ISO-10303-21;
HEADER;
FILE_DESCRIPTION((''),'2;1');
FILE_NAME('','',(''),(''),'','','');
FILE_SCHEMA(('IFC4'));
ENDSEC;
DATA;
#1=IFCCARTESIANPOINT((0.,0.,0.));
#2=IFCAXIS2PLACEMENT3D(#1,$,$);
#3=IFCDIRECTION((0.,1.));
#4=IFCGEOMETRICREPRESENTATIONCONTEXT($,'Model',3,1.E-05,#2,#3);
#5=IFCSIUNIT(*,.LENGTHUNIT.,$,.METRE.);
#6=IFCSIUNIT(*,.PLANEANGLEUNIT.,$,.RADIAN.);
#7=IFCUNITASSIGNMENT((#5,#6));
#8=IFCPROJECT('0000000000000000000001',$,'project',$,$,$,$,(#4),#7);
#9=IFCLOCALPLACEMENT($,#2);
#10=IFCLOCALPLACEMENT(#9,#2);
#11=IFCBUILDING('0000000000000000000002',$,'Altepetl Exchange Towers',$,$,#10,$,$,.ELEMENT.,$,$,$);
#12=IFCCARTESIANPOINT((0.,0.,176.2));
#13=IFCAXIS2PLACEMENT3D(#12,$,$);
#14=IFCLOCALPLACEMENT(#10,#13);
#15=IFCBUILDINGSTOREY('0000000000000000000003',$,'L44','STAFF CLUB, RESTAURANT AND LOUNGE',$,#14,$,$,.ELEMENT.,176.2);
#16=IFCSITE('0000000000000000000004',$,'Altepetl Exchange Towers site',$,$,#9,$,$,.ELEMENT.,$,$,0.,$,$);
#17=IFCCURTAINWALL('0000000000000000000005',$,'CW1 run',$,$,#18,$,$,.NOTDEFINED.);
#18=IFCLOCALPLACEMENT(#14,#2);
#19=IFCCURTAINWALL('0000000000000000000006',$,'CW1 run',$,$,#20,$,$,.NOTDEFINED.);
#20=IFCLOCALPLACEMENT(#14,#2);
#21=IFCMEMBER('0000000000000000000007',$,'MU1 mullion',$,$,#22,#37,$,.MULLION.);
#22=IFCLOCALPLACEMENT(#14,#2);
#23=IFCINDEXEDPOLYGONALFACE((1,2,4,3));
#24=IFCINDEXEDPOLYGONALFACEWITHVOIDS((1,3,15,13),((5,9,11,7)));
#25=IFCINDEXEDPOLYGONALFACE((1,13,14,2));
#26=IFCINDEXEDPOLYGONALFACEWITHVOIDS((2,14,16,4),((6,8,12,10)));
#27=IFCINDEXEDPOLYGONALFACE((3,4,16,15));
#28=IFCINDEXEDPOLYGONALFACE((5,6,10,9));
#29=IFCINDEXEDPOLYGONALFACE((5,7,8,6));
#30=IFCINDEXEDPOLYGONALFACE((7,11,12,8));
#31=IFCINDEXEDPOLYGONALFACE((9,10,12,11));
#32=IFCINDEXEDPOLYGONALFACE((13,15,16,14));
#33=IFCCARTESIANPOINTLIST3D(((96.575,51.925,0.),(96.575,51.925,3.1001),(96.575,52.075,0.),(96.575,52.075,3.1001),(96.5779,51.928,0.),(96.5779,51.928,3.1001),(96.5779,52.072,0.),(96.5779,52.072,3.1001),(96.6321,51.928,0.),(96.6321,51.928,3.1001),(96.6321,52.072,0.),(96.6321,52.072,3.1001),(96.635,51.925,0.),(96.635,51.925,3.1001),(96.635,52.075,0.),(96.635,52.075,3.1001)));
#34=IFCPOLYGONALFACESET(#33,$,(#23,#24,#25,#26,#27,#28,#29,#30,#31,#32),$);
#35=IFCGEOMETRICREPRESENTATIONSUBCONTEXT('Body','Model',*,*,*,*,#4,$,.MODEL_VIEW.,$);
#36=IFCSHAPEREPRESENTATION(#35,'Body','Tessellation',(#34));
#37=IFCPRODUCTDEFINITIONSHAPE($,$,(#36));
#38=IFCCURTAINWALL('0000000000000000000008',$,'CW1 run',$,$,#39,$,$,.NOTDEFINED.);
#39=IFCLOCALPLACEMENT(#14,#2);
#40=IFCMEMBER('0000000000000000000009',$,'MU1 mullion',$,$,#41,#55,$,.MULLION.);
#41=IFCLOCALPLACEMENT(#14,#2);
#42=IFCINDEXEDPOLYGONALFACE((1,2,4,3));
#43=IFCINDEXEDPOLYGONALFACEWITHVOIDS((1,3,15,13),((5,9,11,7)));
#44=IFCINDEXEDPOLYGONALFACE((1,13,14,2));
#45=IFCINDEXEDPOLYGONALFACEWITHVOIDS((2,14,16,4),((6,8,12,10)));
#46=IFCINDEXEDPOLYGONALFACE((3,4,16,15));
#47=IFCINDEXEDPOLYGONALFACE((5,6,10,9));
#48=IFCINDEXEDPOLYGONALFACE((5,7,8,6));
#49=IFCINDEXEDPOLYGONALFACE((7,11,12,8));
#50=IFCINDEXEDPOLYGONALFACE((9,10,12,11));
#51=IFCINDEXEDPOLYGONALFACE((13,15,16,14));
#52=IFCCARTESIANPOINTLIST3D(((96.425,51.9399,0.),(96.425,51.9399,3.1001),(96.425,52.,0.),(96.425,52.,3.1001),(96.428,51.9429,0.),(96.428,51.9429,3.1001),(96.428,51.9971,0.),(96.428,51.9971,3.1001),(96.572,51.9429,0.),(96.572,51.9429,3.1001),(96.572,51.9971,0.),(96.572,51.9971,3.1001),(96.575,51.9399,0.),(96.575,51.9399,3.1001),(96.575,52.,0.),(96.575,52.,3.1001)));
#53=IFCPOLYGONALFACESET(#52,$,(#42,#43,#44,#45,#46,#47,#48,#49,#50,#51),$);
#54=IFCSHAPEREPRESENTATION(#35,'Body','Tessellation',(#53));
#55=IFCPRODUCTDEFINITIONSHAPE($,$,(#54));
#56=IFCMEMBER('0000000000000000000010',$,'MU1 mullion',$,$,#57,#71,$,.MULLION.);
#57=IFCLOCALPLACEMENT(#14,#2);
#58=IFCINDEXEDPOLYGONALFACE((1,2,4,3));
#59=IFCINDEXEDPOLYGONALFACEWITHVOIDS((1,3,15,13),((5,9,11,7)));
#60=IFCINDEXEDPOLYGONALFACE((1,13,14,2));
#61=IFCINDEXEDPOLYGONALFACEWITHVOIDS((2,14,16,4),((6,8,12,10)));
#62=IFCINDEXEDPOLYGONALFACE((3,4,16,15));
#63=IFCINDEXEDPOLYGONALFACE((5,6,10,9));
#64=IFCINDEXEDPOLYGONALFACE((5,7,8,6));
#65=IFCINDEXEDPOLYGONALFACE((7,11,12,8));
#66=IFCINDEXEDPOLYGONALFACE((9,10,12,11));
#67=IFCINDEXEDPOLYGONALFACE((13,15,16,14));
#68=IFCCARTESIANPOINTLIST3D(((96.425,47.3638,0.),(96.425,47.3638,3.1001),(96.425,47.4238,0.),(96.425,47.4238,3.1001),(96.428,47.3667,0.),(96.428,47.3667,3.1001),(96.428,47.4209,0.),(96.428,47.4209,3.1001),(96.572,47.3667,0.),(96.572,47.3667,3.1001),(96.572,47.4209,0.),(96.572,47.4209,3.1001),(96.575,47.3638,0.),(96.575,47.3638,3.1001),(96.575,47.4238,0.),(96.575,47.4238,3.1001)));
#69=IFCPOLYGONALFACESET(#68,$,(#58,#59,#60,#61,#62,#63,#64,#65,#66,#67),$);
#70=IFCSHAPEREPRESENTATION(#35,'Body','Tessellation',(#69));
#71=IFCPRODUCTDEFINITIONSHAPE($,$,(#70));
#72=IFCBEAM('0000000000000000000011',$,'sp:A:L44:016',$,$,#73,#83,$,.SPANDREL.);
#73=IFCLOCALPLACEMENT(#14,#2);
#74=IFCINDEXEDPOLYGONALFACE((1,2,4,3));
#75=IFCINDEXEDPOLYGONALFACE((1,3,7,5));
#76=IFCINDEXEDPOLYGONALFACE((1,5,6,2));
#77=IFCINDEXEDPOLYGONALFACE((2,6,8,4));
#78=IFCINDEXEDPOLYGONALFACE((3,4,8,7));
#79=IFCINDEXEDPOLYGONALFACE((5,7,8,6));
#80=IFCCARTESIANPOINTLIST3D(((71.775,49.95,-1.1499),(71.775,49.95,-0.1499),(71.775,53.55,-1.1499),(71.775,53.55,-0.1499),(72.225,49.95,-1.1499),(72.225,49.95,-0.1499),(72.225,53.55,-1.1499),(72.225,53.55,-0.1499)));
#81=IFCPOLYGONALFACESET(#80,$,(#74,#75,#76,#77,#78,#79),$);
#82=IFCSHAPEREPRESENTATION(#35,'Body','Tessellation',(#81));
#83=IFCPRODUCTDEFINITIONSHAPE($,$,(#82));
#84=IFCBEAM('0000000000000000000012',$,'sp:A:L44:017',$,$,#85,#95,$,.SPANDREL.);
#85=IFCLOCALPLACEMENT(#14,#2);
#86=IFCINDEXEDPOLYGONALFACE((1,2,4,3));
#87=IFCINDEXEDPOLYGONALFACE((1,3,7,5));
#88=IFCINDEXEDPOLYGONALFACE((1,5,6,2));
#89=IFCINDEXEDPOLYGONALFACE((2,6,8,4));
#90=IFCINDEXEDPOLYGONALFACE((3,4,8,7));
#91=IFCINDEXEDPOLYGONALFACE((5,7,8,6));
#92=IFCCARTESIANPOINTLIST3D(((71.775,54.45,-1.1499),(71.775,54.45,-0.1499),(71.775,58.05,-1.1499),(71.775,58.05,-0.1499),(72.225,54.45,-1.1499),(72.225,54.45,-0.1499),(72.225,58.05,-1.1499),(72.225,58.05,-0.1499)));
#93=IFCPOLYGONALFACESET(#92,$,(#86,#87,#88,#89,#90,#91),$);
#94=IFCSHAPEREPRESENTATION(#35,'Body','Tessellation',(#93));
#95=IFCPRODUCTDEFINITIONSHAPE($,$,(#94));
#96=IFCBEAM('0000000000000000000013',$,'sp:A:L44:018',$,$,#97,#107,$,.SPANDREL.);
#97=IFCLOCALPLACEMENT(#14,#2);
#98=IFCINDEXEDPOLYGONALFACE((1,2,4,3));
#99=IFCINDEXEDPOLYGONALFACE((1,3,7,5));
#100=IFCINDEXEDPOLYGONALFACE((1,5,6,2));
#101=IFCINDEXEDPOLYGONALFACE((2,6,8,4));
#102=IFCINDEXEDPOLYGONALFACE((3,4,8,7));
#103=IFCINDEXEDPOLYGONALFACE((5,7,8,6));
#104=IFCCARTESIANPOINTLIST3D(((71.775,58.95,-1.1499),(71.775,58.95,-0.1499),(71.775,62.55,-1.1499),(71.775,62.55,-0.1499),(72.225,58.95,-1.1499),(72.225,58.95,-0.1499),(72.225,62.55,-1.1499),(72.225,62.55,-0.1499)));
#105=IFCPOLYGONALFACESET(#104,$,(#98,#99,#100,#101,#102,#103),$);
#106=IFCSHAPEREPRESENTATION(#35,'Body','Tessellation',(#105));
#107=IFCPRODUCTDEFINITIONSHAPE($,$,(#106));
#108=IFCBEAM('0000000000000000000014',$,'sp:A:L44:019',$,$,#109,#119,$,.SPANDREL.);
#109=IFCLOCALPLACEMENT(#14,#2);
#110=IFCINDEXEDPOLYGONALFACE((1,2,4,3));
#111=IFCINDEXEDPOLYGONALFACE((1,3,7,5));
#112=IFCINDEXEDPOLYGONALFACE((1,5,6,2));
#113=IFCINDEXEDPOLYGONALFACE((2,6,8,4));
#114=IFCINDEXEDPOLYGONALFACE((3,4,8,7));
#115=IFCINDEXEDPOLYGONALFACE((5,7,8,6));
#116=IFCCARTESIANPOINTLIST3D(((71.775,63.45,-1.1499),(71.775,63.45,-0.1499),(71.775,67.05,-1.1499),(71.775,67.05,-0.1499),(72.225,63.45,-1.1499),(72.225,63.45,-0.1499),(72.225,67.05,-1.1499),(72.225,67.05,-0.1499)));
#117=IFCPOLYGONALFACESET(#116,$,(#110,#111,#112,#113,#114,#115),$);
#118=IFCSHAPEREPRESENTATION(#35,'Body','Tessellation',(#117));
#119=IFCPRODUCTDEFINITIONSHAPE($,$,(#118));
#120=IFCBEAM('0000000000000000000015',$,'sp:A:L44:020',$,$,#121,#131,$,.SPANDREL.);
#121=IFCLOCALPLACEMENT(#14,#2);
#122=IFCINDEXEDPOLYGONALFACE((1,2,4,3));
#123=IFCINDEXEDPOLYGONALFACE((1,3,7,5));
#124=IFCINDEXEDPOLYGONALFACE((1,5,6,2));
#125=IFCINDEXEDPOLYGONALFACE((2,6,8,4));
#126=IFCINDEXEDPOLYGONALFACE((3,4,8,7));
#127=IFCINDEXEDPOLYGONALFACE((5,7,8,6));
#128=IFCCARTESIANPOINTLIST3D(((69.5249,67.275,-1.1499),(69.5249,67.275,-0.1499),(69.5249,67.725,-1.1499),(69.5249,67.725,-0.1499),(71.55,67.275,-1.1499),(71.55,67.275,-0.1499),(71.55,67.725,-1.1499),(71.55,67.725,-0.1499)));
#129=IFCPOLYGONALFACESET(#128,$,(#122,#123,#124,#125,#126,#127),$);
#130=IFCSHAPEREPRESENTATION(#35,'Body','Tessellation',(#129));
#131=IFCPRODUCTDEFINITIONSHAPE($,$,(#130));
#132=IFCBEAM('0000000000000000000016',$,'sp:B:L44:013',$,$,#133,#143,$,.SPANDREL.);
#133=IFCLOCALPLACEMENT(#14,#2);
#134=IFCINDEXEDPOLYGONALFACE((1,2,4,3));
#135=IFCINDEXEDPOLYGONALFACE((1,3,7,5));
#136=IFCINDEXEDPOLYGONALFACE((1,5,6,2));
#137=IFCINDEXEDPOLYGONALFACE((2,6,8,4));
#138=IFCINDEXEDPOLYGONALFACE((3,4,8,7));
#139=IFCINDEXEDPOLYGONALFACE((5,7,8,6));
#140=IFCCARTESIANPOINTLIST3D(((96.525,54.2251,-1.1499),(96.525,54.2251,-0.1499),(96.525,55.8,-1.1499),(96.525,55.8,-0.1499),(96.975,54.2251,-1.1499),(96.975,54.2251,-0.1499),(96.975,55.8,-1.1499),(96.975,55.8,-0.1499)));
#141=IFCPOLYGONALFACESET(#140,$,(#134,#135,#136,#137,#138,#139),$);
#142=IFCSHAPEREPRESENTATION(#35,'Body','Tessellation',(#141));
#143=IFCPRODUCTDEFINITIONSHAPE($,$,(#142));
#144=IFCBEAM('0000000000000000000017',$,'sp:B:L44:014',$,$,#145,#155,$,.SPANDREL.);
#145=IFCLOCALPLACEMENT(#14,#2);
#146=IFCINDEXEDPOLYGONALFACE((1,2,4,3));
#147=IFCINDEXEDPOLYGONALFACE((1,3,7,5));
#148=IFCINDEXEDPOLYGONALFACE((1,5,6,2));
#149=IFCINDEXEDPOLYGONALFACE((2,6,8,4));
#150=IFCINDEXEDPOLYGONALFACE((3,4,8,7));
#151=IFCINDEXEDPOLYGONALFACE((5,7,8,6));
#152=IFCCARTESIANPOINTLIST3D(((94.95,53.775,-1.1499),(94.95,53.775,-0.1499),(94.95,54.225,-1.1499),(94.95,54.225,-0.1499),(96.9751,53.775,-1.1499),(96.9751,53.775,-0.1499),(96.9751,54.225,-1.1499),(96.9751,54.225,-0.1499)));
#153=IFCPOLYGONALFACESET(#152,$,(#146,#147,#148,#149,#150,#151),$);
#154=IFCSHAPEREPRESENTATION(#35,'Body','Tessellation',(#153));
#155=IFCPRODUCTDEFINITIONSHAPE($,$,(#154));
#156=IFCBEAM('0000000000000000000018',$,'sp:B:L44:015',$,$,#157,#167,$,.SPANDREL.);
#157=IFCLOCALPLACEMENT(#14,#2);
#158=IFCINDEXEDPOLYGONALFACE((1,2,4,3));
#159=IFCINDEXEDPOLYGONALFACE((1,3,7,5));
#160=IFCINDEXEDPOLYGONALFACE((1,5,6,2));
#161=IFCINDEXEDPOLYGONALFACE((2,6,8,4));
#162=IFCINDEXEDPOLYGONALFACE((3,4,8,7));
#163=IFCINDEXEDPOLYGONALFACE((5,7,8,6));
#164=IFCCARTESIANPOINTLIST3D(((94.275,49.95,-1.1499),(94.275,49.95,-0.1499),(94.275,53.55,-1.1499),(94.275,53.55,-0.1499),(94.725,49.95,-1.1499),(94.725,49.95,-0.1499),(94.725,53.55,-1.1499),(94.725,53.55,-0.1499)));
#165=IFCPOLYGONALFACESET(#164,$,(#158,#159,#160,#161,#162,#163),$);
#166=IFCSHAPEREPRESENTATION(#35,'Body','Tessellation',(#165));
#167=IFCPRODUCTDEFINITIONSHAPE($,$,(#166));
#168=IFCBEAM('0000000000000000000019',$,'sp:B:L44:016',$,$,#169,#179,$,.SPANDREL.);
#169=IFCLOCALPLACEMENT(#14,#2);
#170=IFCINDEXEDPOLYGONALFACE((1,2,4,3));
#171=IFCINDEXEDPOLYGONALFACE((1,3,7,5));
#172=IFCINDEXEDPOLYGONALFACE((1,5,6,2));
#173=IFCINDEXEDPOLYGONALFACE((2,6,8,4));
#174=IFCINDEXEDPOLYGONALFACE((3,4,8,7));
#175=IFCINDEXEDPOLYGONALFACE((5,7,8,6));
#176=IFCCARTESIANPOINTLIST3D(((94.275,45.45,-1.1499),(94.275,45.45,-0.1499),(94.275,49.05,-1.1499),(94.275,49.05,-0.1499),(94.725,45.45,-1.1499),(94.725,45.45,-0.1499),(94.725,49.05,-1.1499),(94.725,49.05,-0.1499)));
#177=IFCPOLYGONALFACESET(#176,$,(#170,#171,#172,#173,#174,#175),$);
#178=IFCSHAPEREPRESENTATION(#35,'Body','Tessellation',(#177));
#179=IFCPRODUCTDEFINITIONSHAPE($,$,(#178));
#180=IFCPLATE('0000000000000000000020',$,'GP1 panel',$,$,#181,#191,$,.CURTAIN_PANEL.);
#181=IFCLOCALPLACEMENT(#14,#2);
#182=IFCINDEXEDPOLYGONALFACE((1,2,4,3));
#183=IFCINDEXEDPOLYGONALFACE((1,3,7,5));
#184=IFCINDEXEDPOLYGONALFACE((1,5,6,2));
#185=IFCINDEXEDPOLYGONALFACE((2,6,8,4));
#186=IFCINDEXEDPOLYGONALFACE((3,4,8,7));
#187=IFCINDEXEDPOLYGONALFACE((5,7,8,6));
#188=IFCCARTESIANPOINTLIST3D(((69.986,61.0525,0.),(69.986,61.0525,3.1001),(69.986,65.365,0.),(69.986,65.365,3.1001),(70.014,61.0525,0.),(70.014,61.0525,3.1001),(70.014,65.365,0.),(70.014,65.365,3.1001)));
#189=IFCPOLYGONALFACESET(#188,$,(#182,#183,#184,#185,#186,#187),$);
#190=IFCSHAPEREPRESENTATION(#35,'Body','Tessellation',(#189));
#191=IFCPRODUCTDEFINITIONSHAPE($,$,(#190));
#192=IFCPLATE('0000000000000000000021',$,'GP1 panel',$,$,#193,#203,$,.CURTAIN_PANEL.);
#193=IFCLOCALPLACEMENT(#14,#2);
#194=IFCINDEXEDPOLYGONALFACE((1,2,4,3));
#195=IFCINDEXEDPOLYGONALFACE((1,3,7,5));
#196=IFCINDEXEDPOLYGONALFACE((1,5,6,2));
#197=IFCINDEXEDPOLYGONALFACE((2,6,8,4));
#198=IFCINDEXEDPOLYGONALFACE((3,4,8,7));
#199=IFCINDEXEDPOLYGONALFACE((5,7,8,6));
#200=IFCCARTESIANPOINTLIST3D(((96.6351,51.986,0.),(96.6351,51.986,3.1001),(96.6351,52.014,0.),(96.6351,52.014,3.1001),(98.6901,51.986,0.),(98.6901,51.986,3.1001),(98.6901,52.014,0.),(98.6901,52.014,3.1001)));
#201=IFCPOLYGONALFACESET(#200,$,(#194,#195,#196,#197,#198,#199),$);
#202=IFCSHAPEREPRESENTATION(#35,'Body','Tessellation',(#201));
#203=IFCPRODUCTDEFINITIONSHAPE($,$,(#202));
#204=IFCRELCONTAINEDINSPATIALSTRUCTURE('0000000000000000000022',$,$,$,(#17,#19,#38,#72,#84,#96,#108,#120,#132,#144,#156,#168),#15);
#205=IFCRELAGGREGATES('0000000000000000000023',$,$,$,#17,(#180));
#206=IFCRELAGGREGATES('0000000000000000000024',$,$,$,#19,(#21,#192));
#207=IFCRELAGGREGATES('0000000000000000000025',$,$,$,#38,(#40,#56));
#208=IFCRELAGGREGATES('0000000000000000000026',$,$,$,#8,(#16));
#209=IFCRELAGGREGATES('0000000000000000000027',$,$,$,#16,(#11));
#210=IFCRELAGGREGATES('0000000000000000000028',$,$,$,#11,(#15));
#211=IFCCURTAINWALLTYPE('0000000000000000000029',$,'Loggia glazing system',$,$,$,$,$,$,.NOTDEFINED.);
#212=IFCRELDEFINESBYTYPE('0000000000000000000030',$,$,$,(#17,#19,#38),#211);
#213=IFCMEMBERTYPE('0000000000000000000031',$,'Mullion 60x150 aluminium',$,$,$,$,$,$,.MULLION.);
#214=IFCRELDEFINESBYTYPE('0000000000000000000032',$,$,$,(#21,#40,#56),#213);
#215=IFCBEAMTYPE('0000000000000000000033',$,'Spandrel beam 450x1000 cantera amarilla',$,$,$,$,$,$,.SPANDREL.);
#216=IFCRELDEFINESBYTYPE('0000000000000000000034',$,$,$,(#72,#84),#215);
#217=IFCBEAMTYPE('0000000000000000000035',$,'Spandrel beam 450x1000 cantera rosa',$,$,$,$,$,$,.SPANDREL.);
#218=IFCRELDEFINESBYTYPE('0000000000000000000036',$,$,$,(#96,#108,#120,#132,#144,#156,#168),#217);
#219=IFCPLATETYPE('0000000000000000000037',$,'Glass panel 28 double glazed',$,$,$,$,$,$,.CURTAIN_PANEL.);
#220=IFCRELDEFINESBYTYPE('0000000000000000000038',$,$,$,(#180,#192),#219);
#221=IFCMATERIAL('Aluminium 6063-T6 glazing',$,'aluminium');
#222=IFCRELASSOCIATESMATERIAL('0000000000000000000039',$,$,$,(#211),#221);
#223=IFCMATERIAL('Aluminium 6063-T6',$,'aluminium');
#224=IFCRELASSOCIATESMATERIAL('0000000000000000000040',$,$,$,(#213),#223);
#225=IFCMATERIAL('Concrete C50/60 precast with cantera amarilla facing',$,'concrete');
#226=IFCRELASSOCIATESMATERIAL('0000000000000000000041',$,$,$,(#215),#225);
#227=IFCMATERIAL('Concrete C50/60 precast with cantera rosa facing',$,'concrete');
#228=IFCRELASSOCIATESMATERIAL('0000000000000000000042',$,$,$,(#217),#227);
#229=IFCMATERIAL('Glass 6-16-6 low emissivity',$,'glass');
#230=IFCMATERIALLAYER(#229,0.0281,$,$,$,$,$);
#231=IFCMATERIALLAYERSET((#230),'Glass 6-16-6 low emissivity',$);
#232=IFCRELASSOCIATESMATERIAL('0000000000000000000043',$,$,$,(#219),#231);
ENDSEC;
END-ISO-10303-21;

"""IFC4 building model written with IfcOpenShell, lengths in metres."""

from ifc_helpers import new_model, si_unit, direction, frame, origin, origin_2d, place, context, subcontext, project, spatial, rectangle, hollow_rectangle, extrude, material, layer, layer_set, material_profile, profile_set, type_object, element, aggregate, save


model = new_model("IFC4")

# Units and contexts
model_context = context("Model", 3, precision=1e-05, world=origin(), true_north=direction((0.0, 1.0)))
body_context = subcontext(model_context, "Body", "Model", "MODEL_VIEW")
ifc_project = project(units=[si_unit("LENGTHUNIT", "METRE"), si_unit("PLANEANGLEUNIT", "RADIAN")], contexts=[model_context])

# Site, building, storey
site_placement = place(None, origin())
site = spatial("IfcSite", under=ifc_project, at=site_placement, Name="Altepetl Exchange Towers site", CompositionType="ELEMENT", RefElevation=0.0)
building_placement = place(site_placement, origin())
building = spatial("IfcBuilding", under=site, at=building_placement, Name="Altepetl Exchange Towers", CompositionType="ELEMENT")
storey_placement = place(building_placement, frame((0.0, 0.0, 176.2)))
storey = spatial("IfcBuildingStorey", under=building, at=storey_placement, Name="L44", Description="STAFF CLUB, RESTAURANT AND LOUNGE", CompositionType="ELEMENT", Elevation=176.2)

# Curtain wall
ifc_material_1 = material(Name="Aluminium 6063-T6 glazing", Category="aluminium")
curtain_wall_type = type_object("IfcCurtainWallType", Name="Loggia glazing system", PredefinedType="NOTDEFINED", material=ifc_material_1)
curtain_wall_1_placement = place(storey_placement, origin())
curtain_wall_1 = element("IfcCurtainWall", 1, at=curtain_wall_1_placement, inside=storey, type_object=curtain_wall_type, Name="CW1 run", PredefinedType="NOTDEFINED")
ifc_material_2 = material(Name="Aluminium 6063-T6", Category="aluminium")
ifc_material_profile_1 = material_profile(ifc_material_2, hollow_rectangle(XDim=0.0601, YDim=0.1499, WallThickness=0.0029, at=origin_2d()), Name="Mullion 60x150 aluminium")
ifc_profile_set_1 = profile_set([ifc_material_profile_1], Name="Aluminium 6063-T6")
member_type = type_object("IfcMemberType", Name="Mullion 60x150 aluminium", PredefinedType="MULLION", material=ifc_profile_set_1)

# Curtain walls, members
curtain_wall_2_placement = place(storey_placement, origin())
curtain_wall_2 = element("IfcCurtainWall", 2, at=curtain_wall_2_placement, inside=storey, type_object=curtain_wall_type, Name="CW1 run", PredefinedType="NOTDEFINED")
member_1_placement = place(storey_placement, frame((96.605, 52.0, 0.0), z_axis=(0.0, 0.0, 1.0), x_axis=(-1.0, 0.0, 0.0)))
member_1 = element("IfcMember", 3, at=member_1_placement, type_object=member_type, Name="MU1 mullion", PredefinedType="MULLION", context=body_context, shape_type="SweptSolid", body=[
    extrude(hollow_rectangle(XDim=0.0601, YDim=0.1499, WallThickness=0.0029, at=origin_2d()), origin(), (0.0, 0.0, 1.0), 3.1001),
])
curtain_wall_3_placement = place(storey_placement, origin())
curtain_wall_3 = element("IfcCurtainWall", 4, at=curtain_wall_3_placement, inside=storey, type_object=curtain_wall_type, Name="CW1 run", PredefinedType="NOTDEFINED")
member_2_placement = place(storey_placement, frame((96.5, 51.97, 0.0), z_axis=(0.0, 0.0, 1.0), x_axis=(0.0, -1.0, 0.0)))
member_2 = element("IfcMember", 5, at=member_2_placement, type_object=member_type, Name="MU1 mullion", PredefinedType="MULLION", context=body_context, shape_type="SweptSolid", body=[
    extrude(hollow_rectangle(XDim=0.0601, YDim=0.1499, WallThickness=0.0029, at=origin_2d()), origin(), (0.0, 0.0, 1.0), 3.1001),
])
member_3_placement = place(storey_placement, frame((96.5, 47.3938, 0.0), z_axis=(0.0, 0.0, 1.0), x_axis=(0.0, -1.0, 0.0)))
member_3 = element("IfcMember", 6, at=member_3_placement, type_object=member_type, Name="MU1 mullion", PredefinedType="MULLION", context=body_context, shape_type="SweptSolid", body=[
    extrude(hollow_rectangle(XDim=0.0601, YDim=0.1499, WallThickness=0.0029, at=origin_2d()), origin(), (0.0, 0.0, 1.0), 3.1001),
])

# Beams
ifc_material_3 = material(Name="Concrete C50/60 precast with cantera amarilla facing", Category="concrete")
ifc_material_profile_2 = material_profile(ifc_material_3, rectangle(XDim=0.45, YDim=1.0, at=origin_2d()), Name="450 x 1000")
ifc_profile_set_2 = profile_set([ifc_material_profile_2], Name="Concrete C50/60 precast with cantera amarilla facing")
beam_type_1 = type_object("IfcBeamType", Name="Spandrel beam 450x1000 cantera amarilla", PredefinedType="SPANDREL", material=ifc_profile_set_2)
for number, where, z_axis, x_axis, name in (
    (7, (72.0, 49.95, -0.6499), (0.0, 1.0, 0.0), (-1.0, 0.0, 0.0), "sp:A:L44:016"),
    (8, (72.0, 54.45, -0.6499), (0.0, 1.0, 0.0), (-1.0, 0.0, 0.0), "sp:A:L44:017"),
):
    element("IfcBeam", number, at=place(storey_placement, frame(where, z_axis=z_axis, x_axis=x_axis)), inside=storey, type_object=beam_type_1, Name=name, PredefinedType="SPANDREL", context=body_context, shape_type="SweptSolid", body=[
        extrude(rectangle(XDim=0.45, YDim=1.0, at=origin_2d()), origin(), (0.0, 0.0, 1.0), 3.6001),
    ])
ifc_material_4 = material(Name="Concrete C50/60 precast with cantera rosa facing", Category="concrete")
ifc_material_profile_3 = material_profile(ifc_material_4, rectangle(XDim=0.45, YDim=1.0, at=origin_2d()), Name="450 x 1000")
ifc_profile_set_3 = profile_set([ifc_material_profile_3], Name="Concrete C50/60 precast with cantera rosa facing")
beam_type_2 = type_object("IfcBeamType", Name="Spandrel beam 450x1000 cantera rosa", PredefinedType="SPANDREL", material=ifc_profile_set_3)
for number, where, z_axis, x_axis, name in (
    (9, (72.0, 58.95, -0.6499), (0.0, 1.0, 0.0), (-1.0, 0.0, 0.0), "sp:A:L44:018"),
    (10, (72.0, 63.45, -0.6499), (0.0, 1.0, 0.0), (-1.0, 0.0, 0.0), "sp:A:L44:019"),
):
    element("IfcBeam", number, at=place(storey_placement, frame(where, z_axis=z_axis, x_axis=x_axis)), inside=storey, type_object=beam_type_2, Name=name, PredefinedType="SPANDREL", context=body_context, shape_type="SweptSolid", body=[
        extrude(rectangle(XDim=0.45, YDim=1.0, at=origin_2d()), origin(), (0.0, 0.0, 1.0), 3.6001),
    ])
beam_1_placement = place(storey_placement, frame((71.55, 67.5, -0.6499), z_axis=(-1.0, 0.0, 0.0), x_axis=(0.0, -1.0, 0.0)))
element("IfcBeam", 11, at=beam_1_placement, inside=storey, type_object=beam_type_2, Name="sp:A:L44:020", PredefinedType="SPANDREL", context=body_context, shape_type="SweptSolid", body=[
    extrude(rectangle(XDim=0.45, YDim=1.0, at=origin_2d()), origin(), (0.0, 0.0, 1.0), 2.0251),
])
beam_2_placement = place(storey_placement, frame((96.75, 55.8, -0.6499), z_axis=(0.0, -1.0, 0.0), x_axis=(1.0, 0.0, 0.0)))
element("IfcBeam", 12, at=beam_2_placement, inside=storey, type_object=beam_type_2, Name="sp:B:L44:013", PredefinedType="SPANDREL", context=body_context, shape_type="SweptSolid", body=[
    extrude(rectangle(XDim=0.45, YDim=1.0, at=origin_2d()), origin(), (0.0, 0.0, 1.0), 1.575),
])
beam_3_placement = place(storey_placement, frame((96.9751, 54.0, -0.6499), z_axis=(-1.0, 0.0, 0.0), x_axis=(0.0, -1.0, 0.0)))
element("IfcBeam", 13, at=beam_3_placement, inside=storey, type_object=beam_type_2, Name="sp:B:L44:014", PredefinedType="SPANDREL", context=body_context, shape_type="SweptSolid", body=[
    extrude(rectangle(XDim=0.45, YDim=1.0, at=origin_2d()), origin(), (0.0, 0.0, 1.0), 2.0251),
])
for number, where, z_axis, x_axis, name in (
    (14, (94.5, 53.55, -0.6499), (0.0, -1.0, 0.0), (1.0, 0.0, 0.0), "sp:B:L44:015"),
    (15, (94.5, 49.05, -0.6499), (0.0, -1.0, 0.0), (1.0, 0.0, 0.0), "sp:B:L44:016"),
):
    element("IfcBeam", number, at=place(storey_placement, frame(where, z_axis=z_axis, x_axis=x_axis)), inside=storey, type_object=beam_type_2, Name=name, PredefinedType="SPANDREL", context=body_context, shape_type="SweptSolid", body=[
        extrude(rectangle(XDim=0.45, YDim=1.0, at=origin_2d()), origin(), (0.0, 0.0, 1.0), 3.6001),
    ])

# Plates
ifc_material_5 = material(Name="Glass 6-16-6 low emissivity", Category="glass")
ifc_layer = layer(ifc_material_5, 0.0281)
ifc_layer_set = layer_set([ifc_layer], Name="Glass 6-16-6 low emissivity")
plate_type = type_object("IfcPlateType", Name="Glass panel 28 double glazed", PredefinedType="CURTAIN_PANEL", material=ifc_layer_set)
plate_1_placement = place(storey_placement, frame((70.0, 63.2087, 0.0), z_axis=(0.0, 0.0, 1.0), x_axis=(0.0, 1.0, 0.0)))
plate_1 = element("IfcPlate", 16, at=plate_1_placement, type_object=plate_type, Name="GP1 panel", PredefinedType="CURTAIN_PANEL", context=body_context, shape_type="SweptSolid", body=[
    extrude(rectangle(XDim=4.3125, YDim=0.0281, at=origin_2d()), origin(), (0.0, 0.0, 1.0), 3.1001),
])
aggregate(curtain_wall_1, [plate_1])
plate_2_placement = place(storey_placement, frame((97.6626, 52.0, 0.0), z_axis=(0.0, 0.0, 1.0), x_axis=(-1.0, 0.0, 0.0)))
plate_2 = element("IfcPlate", 17, at=plate_2_placement, type_object=plate_type, Name="GP1 panel", PredefinedType="CURTAIN_PANEL", context=body_context, shape_type="SweptSolid", body=[
    extrude(rectangle(XDim=2.0549, YDim=0.0281, at=origin_2d()), origin(), (0.0, 0.0, 1.0), 3.1001),
])
aggregate(curtain_wall_2, [member_1, plate_2])
aggregate(curtain_wall_3, [member_2, member_3])

save(model, "model.ifc")
